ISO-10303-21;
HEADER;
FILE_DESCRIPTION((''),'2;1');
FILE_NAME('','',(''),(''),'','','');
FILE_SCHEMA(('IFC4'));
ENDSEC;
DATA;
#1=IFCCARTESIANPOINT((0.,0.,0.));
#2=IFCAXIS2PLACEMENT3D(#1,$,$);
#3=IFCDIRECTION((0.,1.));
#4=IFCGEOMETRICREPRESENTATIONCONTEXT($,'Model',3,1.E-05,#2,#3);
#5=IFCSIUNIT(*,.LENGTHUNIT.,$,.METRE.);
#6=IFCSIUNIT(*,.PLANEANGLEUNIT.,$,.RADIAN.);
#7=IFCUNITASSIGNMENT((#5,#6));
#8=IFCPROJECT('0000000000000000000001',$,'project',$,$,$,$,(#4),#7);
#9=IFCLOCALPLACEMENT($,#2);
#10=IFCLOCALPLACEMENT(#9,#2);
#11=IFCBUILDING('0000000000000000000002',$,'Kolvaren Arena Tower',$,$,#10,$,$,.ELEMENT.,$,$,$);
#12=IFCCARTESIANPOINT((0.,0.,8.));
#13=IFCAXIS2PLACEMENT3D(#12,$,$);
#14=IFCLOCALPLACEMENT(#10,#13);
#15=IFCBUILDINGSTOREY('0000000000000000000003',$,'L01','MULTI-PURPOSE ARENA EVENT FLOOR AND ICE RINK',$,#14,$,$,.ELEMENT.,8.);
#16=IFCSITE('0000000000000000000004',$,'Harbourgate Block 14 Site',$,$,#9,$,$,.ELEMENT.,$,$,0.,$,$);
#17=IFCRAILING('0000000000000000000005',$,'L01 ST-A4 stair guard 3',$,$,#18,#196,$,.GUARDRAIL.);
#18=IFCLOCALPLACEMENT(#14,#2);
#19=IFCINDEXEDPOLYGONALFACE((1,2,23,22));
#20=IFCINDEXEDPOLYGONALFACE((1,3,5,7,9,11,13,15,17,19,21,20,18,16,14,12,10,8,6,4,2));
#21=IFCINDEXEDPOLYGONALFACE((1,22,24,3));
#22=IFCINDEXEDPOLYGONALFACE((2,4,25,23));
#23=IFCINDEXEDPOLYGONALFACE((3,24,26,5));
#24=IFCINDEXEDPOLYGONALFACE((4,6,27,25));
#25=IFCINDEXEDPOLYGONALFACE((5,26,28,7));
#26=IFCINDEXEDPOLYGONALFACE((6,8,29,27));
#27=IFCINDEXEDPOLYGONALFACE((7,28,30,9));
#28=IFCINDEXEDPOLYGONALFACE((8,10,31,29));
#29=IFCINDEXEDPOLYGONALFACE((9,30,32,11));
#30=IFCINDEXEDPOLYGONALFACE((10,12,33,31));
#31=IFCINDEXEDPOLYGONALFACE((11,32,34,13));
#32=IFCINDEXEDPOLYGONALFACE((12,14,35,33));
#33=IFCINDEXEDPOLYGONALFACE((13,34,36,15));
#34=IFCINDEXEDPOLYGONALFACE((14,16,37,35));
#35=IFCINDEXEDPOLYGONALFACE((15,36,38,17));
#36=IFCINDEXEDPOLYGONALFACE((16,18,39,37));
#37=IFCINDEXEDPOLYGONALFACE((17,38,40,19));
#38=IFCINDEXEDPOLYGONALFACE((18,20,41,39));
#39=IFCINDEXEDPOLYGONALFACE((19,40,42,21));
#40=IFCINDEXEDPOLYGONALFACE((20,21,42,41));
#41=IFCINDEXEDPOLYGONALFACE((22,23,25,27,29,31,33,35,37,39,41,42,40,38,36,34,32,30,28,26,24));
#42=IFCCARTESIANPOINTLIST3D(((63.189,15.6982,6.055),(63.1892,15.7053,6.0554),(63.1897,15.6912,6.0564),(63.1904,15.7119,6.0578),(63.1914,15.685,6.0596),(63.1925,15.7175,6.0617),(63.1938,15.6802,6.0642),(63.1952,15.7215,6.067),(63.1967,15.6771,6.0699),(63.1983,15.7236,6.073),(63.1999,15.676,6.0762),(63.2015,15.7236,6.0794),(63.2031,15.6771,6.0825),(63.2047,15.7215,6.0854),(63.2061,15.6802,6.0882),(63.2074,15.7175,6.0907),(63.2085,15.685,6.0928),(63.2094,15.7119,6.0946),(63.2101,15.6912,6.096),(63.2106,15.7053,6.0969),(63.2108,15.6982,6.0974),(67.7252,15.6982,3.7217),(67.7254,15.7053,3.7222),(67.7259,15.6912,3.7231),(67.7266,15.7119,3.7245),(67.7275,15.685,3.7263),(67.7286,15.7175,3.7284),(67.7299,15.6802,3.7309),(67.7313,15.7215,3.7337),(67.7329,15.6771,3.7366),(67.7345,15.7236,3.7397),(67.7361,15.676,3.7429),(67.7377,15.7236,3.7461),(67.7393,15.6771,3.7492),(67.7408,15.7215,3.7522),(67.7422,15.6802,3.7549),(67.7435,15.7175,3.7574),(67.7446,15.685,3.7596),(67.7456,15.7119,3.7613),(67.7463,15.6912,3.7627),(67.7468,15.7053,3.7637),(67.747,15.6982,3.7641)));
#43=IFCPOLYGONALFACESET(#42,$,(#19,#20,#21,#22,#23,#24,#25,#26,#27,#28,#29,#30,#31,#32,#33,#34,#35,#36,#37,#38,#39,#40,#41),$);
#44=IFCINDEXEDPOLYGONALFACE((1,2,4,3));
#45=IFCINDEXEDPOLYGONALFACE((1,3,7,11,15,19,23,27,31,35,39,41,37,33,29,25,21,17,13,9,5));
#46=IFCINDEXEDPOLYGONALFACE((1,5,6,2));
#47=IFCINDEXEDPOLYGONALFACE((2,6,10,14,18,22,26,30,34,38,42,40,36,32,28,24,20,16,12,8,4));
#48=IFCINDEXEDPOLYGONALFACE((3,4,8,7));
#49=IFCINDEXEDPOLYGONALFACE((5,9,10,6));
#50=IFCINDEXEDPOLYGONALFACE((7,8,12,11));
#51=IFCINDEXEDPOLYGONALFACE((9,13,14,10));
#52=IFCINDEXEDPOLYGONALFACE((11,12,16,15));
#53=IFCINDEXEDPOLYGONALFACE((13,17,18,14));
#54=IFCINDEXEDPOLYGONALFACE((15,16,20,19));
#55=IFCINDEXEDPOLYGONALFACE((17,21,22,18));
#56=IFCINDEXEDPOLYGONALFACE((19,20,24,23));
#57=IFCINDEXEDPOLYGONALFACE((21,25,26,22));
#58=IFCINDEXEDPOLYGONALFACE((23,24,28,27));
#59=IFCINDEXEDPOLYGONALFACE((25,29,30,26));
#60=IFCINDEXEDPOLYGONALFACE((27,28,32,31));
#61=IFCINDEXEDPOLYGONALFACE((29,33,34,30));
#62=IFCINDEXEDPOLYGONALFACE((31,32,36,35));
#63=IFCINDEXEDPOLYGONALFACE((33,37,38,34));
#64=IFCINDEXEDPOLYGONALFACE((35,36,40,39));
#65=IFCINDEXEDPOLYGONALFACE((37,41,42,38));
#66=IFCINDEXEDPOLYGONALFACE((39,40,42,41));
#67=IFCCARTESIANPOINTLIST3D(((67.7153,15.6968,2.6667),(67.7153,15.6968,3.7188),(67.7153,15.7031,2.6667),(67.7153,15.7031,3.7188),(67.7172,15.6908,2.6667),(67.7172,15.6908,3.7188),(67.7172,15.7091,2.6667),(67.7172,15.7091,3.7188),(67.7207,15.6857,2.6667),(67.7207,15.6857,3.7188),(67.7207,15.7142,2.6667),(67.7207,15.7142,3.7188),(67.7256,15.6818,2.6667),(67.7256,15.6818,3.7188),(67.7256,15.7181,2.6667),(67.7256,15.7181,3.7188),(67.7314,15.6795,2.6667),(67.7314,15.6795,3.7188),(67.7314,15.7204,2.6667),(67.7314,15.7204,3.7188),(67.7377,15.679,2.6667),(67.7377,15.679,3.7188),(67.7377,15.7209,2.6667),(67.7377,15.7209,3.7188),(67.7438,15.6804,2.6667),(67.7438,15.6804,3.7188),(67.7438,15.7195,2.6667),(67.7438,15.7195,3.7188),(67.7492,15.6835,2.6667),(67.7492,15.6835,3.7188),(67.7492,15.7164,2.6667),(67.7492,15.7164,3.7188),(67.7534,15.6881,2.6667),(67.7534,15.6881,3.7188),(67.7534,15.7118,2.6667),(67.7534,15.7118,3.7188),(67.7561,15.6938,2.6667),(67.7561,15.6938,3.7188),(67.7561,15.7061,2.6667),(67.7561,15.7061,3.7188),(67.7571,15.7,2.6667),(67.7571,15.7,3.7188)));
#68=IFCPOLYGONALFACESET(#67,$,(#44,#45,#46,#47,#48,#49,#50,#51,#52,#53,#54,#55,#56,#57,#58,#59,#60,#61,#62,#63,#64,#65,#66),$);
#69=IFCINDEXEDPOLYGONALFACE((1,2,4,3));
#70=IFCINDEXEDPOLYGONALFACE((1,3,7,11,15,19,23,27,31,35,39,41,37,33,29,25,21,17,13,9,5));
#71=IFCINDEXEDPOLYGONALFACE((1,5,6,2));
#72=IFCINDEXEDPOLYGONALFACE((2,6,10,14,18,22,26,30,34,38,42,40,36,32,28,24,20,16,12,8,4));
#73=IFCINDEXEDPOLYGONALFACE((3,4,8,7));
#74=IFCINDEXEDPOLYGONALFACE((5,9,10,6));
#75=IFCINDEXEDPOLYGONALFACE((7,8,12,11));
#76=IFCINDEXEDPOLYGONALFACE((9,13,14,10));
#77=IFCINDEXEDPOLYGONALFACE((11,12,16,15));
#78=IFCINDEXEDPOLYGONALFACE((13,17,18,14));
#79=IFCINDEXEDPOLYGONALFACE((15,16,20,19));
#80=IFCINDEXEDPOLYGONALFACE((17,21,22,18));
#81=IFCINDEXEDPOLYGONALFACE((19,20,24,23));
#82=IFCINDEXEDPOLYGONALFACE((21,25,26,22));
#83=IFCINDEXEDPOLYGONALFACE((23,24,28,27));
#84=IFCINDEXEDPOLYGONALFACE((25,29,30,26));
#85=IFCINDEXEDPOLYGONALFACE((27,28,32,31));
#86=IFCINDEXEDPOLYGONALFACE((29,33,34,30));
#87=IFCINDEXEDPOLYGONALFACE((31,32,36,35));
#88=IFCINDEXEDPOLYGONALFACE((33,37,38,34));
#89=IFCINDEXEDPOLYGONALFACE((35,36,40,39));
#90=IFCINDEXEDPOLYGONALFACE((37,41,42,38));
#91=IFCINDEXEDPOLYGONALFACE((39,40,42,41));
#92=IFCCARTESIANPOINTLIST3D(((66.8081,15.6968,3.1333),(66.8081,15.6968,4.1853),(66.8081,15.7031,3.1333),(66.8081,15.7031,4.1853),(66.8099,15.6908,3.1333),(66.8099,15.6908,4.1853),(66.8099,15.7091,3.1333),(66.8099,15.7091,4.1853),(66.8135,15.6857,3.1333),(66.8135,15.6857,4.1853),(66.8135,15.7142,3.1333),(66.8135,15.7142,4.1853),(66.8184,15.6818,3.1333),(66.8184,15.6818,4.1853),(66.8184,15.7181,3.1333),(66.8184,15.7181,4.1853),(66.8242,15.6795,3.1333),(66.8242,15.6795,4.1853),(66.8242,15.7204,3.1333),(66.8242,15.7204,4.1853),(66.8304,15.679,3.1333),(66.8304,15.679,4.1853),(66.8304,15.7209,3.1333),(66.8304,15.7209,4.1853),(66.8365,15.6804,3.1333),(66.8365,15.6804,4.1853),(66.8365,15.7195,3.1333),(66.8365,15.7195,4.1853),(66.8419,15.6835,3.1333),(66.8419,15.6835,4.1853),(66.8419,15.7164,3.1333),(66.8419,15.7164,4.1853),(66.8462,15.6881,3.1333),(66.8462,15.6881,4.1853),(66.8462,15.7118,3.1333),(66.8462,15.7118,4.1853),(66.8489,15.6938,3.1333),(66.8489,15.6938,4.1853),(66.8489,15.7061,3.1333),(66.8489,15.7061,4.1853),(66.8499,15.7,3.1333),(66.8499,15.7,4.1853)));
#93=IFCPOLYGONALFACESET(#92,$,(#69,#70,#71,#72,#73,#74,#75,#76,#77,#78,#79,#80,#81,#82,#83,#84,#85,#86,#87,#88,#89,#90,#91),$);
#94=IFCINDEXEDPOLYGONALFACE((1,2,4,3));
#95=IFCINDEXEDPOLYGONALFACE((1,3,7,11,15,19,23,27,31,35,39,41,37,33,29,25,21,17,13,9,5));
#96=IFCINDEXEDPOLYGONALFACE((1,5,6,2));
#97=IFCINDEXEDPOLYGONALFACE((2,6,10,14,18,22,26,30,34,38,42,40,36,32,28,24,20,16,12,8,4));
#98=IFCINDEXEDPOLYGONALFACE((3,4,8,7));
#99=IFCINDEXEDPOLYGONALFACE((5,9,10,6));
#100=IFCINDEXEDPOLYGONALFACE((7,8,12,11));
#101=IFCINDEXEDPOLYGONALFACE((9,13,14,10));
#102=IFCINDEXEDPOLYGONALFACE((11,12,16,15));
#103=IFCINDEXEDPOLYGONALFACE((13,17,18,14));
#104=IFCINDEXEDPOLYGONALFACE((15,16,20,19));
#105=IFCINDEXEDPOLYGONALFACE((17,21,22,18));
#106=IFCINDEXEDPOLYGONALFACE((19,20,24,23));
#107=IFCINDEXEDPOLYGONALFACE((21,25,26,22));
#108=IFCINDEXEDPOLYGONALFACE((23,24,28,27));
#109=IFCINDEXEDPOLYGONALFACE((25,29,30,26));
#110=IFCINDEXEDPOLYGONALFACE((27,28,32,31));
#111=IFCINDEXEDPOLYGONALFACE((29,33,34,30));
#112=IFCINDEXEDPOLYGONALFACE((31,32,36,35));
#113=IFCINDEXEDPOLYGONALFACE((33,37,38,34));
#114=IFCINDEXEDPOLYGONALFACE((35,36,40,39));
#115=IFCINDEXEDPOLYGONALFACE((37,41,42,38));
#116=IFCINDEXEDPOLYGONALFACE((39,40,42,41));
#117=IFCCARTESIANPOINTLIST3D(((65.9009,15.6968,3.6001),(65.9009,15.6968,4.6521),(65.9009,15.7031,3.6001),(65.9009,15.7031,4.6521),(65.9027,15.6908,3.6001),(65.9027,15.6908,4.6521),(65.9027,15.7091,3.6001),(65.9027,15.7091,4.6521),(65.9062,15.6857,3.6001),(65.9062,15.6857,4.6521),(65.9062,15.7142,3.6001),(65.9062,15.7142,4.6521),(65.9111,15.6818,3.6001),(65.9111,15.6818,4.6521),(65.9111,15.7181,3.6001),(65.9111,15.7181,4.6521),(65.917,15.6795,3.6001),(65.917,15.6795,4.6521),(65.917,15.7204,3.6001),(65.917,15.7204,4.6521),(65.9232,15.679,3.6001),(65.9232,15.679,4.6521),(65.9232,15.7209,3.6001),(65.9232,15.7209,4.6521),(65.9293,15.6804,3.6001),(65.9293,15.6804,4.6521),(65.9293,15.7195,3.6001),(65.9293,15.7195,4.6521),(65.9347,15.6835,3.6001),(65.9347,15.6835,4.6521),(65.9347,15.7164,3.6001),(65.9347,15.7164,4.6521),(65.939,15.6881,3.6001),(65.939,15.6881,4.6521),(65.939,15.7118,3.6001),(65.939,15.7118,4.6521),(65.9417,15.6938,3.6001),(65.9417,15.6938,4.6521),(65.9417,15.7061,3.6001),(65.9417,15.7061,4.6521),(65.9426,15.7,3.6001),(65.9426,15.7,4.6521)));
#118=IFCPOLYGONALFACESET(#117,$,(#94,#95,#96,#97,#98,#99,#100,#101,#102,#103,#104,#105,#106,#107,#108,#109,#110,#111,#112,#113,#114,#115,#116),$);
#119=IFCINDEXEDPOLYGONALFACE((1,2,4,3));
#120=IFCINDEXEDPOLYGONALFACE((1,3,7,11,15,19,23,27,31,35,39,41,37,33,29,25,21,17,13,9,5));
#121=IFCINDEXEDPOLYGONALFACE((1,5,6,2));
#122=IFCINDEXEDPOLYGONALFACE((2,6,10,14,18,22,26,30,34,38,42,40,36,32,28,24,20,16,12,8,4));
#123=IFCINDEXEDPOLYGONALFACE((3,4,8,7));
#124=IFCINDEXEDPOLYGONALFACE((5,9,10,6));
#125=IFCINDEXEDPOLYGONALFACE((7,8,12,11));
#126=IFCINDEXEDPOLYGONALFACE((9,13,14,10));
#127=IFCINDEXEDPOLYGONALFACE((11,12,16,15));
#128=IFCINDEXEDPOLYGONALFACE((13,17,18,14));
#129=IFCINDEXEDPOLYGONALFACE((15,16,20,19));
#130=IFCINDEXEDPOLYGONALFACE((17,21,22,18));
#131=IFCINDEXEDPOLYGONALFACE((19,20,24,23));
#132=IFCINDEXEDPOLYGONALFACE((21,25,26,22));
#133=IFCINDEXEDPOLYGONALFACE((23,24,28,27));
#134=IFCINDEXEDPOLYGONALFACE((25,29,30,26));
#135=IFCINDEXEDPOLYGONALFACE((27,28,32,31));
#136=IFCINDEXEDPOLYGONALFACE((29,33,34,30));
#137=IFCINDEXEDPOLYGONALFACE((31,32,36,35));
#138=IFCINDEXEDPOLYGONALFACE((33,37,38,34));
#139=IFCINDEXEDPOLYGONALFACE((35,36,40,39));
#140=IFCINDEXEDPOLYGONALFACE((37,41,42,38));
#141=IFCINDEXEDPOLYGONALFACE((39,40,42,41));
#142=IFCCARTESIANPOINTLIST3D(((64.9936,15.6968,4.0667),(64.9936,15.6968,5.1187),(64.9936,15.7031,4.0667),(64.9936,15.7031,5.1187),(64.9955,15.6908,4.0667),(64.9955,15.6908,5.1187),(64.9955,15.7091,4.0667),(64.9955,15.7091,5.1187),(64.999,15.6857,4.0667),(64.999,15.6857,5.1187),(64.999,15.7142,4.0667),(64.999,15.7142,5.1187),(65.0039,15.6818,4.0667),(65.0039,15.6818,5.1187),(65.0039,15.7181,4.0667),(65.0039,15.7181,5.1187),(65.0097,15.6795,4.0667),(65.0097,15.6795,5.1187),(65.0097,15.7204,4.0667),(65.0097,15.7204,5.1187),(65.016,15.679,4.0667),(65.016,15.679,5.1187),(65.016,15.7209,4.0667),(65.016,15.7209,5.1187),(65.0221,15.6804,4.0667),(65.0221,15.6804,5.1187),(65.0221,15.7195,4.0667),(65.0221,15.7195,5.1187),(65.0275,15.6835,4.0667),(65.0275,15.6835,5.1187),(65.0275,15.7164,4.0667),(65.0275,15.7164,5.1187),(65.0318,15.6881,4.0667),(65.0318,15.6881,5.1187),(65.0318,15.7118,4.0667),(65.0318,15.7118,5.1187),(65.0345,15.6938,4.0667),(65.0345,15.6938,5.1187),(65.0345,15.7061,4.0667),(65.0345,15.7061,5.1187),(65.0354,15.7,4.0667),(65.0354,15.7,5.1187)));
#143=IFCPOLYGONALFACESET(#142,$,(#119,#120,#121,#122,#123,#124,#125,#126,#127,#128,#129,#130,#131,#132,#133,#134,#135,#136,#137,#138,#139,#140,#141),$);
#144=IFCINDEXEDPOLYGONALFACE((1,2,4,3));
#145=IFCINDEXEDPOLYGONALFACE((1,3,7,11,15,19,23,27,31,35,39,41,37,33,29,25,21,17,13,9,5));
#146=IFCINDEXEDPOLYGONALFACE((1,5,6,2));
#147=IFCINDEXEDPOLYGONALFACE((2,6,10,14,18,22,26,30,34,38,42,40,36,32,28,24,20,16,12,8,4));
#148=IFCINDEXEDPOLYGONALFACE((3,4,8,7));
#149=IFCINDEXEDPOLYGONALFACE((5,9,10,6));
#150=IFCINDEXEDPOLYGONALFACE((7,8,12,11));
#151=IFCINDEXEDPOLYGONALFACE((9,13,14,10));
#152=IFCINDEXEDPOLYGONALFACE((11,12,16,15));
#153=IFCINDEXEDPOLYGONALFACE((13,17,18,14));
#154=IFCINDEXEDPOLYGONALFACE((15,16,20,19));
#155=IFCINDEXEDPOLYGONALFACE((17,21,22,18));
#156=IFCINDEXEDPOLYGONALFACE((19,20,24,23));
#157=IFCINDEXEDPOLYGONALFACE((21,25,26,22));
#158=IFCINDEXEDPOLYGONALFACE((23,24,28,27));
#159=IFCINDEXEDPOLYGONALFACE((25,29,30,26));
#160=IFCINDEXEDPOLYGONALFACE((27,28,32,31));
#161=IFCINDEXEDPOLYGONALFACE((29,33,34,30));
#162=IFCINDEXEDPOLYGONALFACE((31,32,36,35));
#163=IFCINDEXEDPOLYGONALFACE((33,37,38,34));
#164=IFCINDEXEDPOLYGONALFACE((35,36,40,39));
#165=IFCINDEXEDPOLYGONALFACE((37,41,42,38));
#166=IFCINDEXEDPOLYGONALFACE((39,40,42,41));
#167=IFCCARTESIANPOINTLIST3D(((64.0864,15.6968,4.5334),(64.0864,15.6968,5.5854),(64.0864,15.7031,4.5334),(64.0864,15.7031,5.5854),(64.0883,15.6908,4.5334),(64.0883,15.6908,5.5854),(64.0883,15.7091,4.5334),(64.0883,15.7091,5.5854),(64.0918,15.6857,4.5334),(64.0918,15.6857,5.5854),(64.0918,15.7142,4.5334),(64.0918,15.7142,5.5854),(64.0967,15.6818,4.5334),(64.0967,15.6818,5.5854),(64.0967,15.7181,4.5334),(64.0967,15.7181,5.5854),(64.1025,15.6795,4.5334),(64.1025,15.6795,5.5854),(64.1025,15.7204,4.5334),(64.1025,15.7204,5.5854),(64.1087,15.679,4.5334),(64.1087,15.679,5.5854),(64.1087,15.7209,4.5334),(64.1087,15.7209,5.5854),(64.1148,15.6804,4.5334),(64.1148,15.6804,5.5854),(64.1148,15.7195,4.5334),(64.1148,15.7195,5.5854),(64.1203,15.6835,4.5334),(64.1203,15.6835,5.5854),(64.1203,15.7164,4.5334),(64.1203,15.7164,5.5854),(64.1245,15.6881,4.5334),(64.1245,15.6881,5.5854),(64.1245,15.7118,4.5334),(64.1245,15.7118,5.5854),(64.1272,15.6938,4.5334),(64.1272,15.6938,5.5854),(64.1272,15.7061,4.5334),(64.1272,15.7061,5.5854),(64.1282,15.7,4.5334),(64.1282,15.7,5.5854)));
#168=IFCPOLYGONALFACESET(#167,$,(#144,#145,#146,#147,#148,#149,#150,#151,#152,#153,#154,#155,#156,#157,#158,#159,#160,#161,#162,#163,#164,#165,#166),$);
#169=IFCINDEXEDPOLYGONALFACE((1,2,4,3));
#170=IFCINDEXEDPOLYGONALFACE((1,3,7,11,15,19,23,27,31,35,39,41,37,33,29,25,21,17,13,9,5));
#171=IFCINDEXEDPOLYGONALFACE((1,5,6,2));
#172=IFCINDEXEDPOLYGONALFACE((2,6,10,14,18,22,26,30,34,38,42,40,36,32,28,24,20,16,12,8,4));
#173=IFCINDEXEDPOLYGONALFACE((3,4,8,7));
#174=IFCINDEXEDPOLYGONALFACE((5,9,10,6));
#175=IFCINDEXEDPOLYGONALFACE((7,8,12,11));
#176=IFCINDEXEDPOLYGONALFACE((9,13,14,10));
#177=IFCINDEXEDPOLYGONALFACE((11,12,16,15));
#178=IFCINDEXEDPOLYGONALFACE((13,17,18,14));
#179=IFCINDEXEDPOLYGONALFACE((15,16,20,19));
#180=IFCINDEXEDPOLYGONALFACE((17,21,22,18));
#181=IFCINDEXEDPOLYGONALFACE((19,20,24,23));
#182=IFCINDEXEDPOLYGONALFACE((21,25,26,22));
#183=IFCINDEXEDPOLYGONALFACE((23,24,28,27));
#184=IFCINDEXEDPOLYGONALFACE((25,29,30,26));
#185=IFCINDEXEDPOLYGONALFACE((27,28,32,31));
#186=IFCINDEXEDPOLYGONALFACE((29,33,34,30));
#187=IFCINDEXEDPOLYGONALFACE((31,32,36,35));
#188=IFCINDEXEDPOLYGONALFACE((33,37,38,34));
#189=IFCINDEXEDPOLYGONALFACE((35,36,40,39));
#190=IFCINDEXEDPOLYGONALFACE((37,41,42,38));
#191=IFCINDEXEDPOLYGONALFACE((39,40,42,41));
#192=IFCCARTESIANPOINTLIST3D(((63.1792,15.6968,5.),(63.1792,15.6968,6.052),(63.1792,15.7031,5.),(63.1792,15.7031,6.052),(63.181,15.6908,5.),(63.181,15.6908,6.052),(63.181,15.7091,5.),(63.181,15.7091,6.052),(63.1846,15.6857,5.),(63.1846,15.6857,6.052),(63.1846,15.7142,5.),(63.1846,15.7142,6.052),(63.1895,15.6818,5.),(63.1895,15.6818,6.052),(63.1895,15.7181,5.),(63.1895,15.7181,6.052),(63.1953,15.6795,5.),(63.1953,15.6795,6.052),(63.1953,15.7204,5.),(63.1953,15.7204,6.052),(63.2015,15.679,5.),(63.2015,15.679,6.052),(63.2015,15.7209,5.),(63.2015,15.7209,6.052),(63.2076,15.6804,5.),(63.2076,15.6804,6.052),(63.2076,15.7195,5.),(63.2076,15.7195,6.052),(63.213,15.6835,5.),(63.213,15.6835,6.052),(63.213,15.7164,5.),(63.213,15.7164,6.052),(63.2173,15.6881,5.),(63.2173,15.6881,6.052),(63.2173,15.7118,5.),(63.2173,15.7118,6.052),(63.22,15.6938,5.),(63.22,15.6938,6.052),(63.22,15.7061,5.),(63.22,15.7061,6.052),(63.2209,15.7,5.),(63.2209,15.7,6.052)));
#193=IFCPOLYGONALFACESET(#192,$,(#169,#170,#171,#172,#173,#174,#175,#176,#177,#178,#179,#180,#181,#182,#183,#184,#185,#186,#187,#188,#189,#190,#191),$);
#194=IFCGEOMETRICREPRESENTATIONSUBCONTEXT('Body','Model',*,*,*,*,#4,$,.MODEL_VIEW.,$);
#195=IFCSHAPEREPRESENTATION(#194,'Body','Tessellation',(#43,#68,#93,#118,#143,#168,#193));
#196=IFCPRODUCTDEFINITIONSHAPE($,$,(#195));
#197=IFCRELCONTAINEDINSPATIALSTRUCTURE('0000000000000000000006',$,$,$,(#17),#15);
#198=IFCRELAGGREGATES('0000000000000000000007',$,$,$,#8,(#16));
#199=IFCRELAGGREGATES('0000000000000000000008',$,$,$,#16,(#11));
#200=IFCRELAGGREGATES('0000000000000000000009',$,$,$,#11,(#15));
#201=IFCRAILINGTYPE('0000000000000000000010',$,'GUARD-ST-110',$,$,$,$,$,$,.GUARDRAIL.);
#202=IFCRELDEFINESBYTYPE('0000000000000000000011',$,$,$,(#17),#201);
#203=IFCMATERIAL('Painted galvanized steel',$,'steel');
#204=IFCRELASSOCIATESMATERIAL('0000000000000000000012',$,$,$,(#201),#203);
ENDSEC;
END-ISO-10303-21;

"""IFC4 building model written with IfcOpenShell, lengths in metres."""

from ifc_helpers import new_model, si_unit, direction, frame, origin, origin_2d, place, context, subcontext, project, spatial, circle, extrude, material, type_object, element, save


model = new_model("IFC4")

# Units and contexts
model_context = context("Model", 3, precision=1e-05, world=origin(), true_north=direction((0.0, 1.0)))
body_context = subcontext(model_context, "Body", "Model", "MODEL_VIEW")
ifc_project = project(units=[si_unit("LENGTHUNIT", "METRE"), si_unit("PLANEANGLEUNIT", "RADIAN")], contexts=[model_context])

# Site, building, storey
site_placement = place(None, origin())
site = spatial("IfcSite", under=ifc_project, at=site_placement, Name="Harbourgate Block 14 Site", CompositionType="ELEMENT", RefElevation=0.0)
building_placement = place(site_placement, origin())
building = spatial("IfcBuilding", under=site, at=building_placement, Name="Kolvaren Arena Tower", CompositionType="ELEMENT")
storey_placement = place(building_placement, frame((0.0, 0.0, 8.0)))
storey = spatial("IfcBuildingStorey", under=building, at=storey_placement, Name="L01", Description="MULTI-PURPOSE ARENA EVENT FLOOR AND ICE RINK", CompositionType="ELEMENT", Elevation=8.0)

# Railing
ifc_material_1 = material(Name="Painted galvanized steel", Category="steel")
railing_type_1 = type_object("IfcRailingType", Name="GUARD-ST-110", PredefinedType="GUARDRAIL", material=ifc_material_1)
railing_1_placement = place(storey_placement, frame((67.7361, 15.7, 2.6667)))
element("IfcRailing", 1, at=railing_1_placement, inside=storey, type_object=railing_type_1, Name="L01 ST-A4 stair guard 3", PredefinedType="GUARDRAIL", context=body_context, shape_type="SweptSolid", body=[
    extrude(circle(Radius=0.0239, at=origin_2d()), frame((0.0, 0.0, 1.0762), z_axis=(-0.889257, 0.0, 0.457407), x_axis=(0.0, -1.0, 0.0)), (0.0, 0.0, 1.0), 5.1011),
    extrude(circle(Radius=0.021, at=origin_2d()), origin(), (0.0, 0.0, 1.0), 1.052),
    extrude(circle(Radius=0.021, at=origin_2d()), frame((-0.9072, 0.0, 0.4666)), (0.0, 0.0, 1.0), 1.052),
    extrude(circle(Radius=0.021, at=origin_2d()), frame((-1.8145, 0.0, 0.9333)), (0.0, 0.0, 1.0), 1.052),
    extrude(circle(Radius=0.021, at=origin_2d()), frame((-2.7217, 0.0, 1.3999)), (0.0, 0.0, 1.0), 1.052),
    extrude(circle(Radius=0.021, at=origin_2d()), frame((-3.6289, 0.0, 1.8667)), (0.0, 0.0, 1.0), 1.052),
    extrude(circle(Radius=0.021, at=origin_2d()), frame((-4.5361, 0.0, 2.3333)), (0.0, 0.0, 1.0), 1.052),
])

save(model, "model.ifc")
